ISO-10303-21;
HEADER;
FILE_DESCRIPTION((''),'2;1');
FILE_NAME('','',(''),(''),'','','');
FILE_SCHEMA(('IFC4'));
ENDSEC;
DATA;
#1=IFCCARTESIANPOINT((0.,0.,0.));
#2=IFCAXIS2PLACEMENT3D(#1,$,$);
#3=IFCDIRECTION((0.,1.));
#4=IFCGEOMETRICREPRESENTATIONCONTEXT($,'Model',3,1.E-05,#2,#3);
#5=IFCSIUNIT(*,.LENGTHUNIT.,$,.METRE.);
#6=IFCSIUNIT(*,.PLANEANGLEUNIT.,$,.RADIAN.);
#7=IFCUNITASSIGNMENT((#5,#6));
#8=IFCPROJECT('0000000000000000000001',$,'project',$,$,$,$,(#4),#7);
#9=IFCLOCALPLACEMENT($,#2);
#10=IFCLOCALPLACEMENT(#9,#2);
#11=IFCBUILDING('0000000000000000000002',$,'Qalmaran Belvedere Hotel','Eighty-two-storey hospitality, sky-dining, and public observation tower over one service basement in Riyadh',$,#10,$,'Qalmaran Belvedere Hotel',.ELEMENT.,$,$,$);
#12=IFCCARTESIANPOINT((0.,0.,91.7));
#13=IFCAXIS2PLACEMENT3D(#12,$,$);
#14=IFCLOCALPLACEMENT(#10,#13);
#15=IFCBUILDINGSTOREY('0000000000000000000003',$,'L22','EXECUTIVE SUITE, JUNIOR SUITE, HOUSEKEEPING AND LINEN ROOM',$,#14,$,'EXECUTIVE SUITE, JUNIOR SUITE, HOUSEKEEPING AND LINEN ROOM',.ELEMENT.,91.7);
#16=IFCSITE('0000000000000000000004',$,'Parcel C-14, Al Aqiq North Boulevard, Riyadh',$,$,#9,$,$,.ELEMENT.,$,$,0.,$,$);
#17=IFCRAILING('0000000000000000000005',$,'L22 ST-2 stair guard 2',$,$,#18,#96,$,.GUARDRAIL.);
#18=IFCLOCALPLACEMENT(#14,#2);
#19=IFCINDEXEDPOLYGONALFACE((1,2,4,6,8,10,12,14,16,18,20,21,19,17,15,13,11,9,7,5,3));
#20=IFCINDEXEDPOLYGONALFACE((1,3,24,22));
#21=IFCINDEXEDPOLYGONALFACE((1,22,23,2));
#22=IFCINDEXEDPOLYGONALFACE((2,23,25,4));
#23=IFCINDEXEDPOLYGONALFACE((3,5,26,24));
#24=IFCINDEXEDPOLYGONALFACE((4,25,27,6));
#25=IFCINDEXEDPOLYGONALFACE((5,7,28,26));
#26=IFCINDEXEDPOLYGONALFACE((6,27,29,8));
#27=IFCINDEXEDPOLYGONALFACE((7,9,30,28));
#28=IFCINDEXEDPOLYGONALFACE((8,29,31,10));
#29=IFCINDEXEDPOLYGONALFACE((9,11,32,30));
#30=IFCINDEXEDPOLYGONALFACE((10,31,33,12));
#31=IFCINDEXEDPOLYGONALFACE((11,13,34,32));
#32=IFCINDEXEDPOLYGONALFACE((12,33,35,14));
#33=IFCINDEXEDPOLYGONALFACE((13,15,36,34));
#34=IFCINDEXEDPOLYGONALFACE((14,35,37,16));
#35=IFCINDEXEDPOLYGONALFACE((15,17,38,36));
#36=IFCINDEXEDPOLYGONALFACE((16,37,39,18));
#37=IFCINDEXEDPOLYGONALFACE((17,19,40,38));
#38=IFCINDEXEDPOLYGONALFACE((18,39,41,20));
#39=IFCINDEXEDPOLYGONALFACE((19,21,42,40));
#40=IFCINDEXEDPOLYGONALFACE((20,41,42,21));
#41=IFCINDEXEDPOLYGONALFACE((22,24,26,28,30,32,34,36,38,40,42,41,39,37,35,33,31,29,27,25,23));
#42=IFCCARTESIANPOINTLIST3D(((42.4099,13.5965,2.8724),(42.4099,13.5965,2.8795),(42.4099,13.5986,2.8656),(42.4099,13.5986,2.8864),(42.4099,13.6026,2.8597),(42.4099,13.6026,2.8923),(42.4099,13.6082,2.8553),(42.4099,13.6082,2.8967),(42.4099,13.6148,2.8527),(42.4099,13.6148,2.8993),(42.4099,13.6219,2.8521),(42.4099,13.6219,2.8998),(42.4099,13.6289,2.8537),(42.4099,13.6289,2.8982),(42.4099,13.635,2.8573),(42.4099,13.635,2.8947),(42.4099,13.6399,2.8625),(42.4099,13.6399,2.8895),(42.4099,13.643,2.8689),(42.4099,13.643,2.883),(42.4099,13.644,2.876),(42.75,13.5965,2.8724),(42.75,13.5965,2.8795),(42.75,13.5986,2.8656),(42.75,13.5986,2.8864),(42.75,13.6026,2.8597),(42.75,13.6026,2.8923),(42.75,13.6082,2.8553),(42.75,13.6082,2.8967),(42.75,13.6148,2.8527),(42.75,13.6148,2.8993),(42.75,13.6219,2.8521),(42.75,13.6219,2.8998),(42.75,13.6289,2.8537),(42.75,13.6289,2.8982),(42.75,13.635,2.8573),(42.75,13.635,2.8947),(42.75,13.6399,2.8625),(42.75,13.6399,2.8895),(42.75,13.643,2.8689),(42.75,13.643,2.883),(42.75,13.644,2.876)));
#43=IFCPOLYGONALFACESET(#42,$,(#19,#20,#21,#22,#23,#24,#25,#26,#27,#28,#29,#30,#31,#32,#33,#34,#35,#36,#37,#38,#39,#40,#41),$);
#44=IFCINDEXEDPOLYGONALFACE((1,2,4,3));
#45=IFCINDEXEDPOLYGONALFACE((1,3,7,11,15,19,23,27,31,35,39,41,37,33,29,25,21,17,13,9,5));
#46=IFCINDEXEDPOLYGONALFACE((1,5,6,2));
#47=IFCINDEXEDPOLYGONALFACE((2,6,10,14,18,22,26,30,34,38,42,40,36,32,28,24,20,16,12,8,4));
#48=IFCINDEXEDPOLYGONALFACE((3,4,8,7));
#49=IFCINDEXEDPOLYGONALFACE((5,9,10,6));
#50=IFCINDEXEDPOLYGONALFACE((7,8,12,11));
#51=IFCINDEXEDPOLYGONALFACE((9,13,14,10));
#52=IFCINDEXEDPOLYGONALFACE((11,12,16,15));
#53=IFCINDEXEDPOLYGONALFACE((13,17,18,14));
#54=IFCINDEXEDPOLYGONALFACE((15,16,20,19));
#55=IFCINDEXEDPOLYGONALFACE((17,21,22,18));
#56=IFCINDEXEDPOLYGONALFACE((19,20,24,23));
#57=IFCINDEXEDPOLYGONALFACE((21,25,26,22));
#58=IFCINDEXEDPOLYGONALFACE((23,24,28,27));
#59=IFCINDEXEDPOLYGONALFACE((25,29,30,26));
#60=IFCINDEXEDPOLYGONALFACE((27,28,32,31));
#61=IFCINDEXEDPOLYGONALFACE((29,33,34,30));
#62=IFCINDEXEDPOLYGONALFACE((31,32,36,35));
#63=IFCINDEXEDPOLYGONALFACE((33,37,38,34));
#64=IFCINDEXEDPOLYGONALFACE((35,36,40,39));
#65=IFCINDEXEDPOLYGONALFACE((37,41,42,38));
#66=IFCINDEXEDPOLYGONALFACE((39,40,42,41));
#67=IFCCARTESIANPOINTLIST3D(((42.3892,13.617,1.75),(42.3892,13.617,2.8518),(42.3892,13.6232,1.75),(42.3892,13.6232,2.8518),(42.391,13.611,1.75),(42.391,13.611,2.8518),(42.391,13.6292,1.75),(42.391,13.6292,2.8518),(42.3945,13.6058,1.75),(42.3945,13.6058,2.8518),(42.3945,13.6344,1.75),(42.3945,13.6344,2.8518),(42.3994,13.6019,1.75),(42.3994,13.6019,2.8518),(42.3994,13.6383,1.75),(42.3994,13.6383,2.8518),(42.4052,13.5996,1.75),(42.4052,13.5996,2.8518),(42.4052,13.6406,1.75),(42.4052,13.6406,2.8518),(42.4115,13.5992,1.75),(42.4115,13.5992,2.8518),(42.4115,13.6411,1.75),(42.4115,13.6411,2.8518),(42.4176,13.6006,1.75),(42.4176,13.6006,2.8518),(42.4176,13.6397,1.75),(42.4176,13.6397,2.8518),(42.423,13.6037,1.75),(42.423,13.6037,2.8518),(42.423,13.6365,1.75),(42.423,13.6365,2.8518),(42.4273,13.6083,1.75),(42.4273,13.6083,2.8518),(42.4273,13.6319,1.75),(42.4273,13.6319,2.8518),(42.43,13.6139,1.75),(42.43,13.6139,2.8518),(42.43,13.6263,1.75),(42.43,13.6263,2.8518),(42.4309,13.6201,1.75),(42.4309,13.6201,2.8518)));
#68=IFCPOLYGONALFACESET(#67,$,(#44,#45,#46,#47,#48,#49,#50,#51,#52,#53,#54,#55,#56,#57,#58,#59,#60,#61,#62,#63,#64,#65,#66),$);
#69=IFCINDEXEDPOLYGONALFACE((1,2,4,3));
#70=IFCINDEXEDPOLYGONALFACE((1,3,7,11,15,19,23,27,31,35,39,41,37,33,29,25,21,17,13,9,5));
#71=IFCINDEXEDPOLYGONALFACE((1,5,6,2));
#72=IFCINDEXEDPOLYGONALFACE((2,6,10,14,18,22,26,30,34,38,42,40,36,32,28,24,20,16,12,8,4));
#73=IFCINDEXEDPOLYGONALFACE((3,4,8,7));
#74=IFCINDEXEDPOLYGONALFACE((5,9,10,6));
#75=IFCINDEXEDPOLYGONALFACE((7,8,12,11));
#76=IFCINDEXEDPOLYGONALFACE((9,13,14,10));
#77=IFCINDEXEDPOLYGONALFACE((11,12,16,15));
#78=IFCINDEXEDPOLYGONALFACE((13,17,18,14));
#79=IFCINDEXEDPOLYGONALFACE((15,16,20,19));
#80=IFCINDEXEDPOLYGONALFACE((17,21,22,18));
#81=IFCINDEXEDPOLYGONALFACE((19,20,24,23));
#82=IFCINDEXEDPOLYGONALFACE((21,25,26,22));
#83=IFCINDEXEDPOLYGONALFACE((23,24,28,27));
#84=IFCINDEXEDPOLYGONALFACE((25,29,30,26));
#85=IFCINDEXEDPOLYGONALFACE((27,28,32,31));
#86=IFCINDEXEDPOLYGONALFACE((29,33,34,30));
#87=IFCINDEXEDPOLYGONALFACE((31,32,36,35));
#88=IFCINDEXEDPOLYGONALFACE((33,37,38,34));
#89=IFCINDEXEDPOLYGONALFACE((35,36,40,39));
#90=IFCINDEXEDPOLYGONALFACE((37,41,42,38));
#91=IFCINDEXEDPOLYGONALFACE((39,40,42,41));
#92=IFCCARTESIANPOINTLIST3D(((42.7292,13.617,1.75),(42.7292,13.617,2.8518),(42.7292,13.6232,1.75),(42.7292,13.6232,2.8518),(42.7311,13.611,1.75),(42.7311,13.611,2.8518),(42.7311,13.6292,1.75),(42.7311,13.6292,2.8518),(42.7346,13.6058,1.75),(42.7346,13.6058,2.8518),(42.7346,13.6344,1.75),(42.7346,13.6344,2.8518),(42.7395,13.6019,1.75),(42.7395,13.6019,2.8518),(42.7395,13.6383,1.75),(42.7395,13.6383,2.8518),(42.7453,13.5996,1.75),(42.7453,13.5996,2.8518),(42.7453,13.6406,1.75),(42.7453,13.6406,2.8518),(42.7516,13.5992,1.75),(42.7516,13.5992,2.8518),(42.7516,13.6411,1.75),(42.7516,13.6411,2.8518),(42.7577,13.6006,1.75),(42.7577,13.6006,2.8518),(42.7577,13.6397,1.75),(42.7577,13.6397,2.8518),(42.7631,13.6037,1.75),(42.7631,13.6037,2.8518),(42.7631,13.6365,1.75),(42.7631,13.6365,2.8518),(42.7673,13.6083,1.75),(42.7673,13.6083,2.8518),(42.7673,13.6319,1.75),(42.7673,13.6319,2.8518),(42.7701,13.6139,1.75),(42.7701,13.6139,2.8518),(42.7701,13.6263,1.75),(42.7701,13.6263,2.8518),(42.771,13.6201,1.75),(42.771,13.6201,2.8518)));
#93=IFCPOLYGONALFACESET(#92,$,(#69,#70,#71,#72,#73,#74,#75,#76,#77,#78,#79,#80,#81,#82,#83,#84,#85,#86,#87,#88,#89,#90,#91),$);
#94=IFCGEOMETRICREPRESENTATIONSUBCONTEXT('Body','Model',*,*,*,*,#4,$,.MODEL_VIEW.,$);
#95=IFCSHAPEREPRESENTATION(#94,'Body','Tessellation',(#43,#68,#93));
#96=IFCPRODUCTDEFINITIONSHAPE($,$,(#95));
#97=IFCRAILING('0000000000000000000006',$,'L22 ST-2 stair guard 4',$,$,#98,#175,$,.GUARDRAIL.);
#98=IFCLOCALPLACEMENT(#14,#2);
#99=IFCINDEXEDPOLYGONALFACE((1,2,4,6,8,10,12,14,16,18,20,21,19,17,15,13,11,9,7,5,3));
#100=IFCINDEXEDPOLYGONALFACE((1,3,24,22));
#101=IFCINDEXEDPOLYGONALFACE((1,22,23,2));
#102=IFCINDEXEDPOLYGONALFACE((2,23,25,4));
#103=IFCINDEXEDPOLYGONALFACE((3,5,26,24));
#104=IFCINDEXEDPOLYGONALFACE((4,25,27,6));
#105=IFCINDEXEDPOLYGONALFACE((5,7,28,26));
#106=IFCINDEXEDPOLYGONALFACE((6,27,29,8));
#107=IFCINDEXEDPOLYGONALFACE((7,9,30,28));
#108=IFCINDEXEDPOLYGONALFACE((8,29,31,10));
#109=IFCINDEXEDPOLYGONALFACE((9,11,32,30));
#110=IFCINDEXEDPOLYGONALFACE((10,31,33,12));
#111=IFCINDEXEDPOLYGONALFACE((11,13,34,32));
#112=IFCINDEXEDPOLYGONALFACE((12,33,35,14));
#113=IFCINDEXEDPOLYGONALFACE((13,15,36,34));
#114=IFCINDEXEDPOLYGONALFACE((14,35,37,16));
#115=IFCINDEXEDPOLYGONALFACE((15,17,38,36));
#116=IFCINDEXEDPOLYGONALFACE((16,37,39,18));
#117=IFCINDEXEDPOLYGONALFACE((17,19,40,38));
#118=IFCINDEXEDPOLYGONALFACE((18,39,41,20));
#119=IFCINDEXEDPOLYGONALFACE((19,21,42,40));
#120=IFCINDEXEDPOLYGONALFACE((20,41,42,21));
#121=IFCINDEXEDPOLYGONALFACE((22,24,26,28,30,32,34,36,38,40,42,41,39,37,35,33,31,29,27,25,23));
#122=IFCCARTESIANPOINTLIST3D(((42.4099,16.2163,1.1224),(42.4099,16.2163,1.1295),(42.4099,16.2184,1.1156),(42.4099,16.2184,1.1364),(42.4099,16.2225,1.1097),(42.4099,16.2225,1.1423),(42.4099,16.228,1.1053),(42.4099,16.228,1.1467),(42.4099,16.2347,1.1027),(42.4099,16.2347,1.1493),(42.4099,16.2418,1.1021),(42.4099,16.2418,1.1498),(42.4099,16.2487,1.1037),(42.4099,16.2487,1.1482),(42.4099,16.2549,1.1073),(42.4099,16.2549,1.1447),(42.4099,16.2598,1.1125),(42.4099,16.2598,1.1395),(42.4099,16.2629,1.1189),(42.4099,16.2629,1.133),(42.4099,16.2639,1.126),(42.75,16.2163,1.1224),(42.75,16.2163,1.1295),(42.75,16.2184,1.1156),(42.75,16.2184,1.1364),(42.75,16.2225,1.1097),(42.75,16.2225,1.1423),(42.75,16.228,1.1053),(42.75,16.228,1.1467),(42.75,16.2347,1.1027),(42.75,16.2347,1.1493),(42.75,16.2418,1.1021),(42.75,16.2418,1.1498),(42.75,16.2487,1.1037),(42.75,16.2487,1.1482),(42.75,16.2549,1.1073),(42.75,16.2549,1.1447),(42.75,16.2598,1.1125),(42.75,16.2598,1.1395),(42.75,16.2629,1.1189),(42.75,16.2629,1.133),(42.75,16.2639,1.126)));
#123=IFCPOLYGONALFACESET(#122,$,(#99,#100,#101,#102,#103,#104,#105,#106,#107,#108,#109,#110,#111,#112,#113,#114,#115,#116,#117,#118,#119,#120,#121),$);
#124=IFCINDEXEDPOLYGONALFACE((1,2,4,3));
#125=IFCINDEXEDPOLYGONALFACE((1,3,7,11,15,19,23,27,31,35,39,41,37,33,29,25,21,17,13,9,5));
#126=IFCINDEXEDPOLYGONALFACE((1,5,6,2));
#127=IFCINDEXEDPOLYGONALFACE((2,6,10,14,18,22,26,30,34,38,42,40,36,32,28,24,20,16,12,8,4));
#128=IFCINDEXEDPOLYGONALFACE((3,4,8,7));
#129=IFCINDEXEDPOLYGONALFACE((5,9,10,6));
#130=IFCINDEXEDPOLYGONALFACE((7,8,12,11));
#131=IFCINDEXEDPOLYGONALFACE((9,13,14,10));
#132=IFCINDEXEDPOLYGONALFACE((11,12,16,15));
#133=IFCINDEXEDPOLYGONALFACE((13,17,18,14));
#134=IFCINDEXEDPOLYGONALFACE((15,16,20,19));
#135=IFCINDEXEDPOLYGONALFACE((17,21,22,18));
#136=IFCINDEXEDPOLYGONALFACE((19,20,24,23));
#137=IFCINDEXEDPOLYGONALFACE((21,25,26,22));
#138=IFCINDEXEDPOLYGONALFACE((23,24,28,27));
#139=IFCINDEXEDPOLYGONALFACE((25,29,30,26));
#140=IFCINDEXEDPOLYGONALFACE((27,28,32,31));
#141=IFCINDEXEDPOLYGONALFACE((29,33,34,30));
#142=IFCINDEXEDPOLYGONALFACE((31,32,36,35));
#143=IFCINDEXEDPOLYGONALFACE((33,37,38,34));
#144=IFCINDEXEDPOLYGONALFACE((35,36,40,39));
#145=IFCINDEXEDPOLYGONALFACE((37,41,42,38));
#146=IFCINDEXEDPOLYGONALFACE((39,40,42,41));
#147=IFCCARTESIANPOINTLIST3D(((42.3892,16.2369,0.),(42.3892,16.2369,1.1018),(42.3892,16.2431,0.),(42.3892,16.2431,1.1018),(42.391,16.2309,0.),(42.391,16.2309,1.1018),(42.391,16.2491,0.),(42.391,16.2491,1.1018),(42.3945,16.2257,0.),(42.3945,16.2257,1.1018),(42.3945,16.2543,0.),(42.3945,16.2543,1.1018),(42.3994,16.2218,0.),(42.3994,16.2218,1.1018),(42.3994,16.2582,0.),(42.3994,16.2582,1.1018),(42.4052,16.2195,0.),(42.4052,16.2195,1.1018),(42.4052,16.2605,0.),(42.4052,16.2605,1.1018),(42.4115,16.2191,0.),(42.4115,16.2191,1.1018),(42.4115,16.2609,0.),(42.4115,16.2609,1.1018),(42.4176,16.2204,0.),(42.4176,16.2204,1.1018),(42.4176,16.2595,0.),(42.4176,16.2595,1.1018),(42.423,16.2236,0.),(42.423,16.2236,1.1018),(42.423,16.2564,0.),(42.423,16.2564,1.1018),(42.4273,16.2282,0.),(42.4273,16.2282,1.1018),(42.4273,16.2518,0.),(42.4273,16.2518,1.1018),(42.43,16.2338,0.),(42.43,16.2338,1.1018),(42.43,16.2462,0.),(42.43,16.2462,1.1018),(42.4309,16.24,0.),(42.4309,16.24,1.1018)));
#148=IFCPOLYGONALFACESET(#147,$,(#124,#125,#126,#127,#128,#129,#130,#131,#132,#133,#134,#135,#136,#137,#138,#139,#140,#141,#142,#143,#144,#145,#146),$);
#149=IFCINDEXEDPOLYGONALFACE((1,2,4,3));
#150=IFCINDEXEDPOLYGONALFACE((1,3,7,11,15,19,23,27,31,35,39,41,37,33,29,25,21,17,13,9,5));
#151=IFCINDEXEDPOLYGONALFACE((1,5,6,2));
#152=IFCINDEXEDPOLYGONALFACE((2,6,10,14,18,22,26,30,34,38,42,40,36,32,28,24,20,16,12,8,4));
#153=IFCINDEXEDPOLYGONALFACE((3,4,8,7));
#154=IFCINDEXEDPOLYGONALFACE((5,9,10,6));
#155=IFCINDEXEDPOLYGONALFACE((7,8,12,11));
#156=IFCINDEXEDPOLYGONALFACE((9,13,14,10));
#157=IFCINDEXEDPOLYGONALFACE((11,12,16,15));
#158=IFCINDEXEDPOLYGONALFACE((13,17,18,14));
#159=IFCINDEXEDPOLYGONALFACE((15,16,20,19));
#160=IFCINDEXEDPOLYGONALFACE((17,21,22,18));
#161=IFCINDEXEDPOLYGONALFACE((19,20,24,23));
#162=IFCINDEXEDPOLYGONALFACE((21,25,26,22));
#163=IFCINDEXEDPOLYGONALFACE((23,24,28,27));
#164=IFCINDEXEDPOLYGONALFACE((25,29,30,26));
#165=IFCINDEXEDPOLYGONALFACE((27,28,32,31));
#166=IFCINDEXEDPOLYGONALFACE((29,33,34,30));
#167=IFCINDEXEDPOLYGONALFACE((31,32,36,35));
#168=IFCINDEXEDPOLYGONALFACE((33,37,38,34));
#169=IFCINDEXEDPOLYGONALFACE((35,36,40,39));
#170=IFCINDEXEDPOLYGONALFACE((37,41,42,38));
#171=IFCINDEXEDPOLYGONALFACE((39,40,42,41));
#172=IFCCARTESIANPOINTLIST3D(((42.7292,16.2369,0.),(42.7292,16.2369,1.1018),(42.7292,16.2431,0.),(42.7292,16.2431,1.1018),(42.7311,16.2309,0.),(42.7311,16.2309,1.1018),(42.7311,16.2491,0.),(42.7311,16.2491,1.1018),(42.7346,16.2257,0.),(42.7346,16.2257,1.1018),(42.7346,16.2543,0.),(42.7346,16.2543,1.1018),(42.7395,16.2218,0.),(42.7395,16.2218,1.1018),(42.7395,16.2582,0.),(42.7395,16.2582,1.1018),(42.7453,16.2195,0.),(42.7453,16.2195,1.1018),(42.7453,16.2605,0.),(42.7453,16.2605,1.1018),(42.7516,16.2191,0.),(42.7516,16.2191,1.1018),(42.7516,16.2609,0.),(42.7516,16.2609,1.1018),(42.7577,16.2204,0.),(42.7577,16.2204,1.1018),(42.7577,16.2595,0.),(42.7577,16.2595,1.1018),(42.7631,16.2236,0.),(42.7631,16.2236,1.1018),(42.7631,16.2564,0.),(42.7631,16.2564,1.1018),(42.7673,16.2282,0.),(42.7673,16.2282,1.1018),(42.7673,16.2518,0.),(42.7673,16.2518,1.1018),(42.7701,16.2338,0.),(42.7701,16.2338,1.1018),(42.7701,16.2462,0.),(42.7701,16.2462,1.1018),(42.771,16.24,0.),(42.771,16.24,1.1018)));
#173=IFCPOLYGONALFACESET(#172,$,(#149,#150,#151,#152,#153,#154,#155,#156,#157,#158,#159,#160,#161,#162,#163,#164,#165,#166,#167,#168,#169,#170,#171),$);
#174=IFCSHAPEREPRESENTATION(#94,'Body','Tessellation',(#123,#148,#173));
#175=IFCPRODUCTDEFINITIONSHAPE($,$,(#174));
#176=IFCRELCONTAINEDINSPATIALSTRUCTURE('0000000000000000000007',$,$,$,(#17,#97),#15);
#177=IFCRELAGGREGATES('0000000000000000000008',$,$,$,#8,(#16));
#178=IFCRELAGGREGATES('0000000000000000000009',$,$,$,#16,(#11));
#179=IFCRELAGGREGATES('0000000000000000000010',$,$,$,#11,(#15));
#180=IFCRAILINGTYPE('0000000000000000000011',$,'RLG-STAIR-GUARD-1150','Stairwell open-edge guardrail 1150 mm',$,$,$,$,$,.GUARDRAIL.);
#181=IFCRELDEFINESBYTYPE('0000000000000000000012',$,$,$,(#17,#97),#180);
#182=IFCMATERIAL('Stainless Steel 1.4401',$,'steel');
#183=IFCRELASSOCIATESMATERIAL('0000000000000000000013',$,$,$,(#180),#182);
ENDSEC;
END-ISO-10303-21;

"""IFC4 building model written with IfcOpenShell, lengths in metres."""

from ifc_helpers import new_model, si_unit, direction, frame, origin, origin_2d, place, context, subcontext, project, spatial, circle, extrude, material, type_object, element, save


model = new_model("IFC4")

# Units and contexts
model_context = context("Model", 3, precision=1e-05, world=origin(), true_north=direction((0.0, 1.0)))
body_context = subcontext(model_context, "Body", "Model", "MODEL_VIEW")
ifc_project = project(units=[si_unit("LENGTHUNIT", "METRE"), si_unit("PLANEANGLEUNIT", "RADIAN")], contexts=[model_context])

# Site, building, storey
site_placement = place(None, origin())
site = spatial("IfcSite", under=ifc_project, at=site_placement, Name="Parcel C-14, Al Aqiq North Boulevard, Riyadh", CompositionType="ELEMENT", RefElevation=0.0)
building_placement = place(site_placement, origin())
building = spatial("IfcBuilding", under=site, at=building_placement, Name="Qalmaran Belvedere Hotel", Description="Eighty-two-storey hospitality, sky-dining, and public observation tower over one service basement in Riyadh", LongName="Qalmaran Belvedere Hotel", CompositionType="ELEMENT")
storey_placement = place(building_placement, frame((0.0, 0.0, 91.7)))
storey = spatial("IfcBuildingStorey", under=building, at=storey_placement, Name="L22", Description="EXECUTIVE SUITE, JUNIOR SUITE, HOUSEKEEPING AND LINEN ROOM", LongName="EXECUTIVE SUITE, JUNIOR SUITE, HOUSEKEEPING AND LINEN ROOM", CompositionType="ELEMENT", Elevation=91.7)

# Shared definitions
ifc_material_1 = material(Name="Stainless Steel 1.4401", Category="steel")

# Railings
railing_type_1 = type_object("IfcRailingType", Name="RLG-STAIR-GUARD-1150", Description="Stairwell open-edge guardrail 1150 mm", PredefinedType="GUARDRAIL", material=ifc_material_1)
for number, where, name in (
    (1, (42.4099, 13.6201, 1.75), "L22 ST-2 stair guard 2"),
    (2, (42.4099, 16.24, 0.0), "L22 ST-2 stair guard 4"),
):
    element("IfcRailing", number, at=place(storey_placement, frame(where)), inside=storey, type_object=railing_type_1, Name=name, PredefinedType="GUARDRAIL", context=body_context, shape_type="SweptSolid", body=[
        extrude(circle(Radius=0.0239, at=origin_2d()), frame((0.0, 0.0, 1.126), z_axis=(1.0, 0.0, 0.0), x_axis=(0.0, 1.0, 0.0)), (0.0, 0.0, 1.0), 0.3401),
        extrude(circle(Radius=0.021, at=origin_2d()), origin(), (0.0, 0.0, 1.0), 1.1018),
        extrude(circle(Radius=0.021, at=origin_2d()), frame((0.3401, 0.0, 0.0)), (0.0, 0.0, 1.0), 1.1018),
    ])

save(model, "model.ifc")
